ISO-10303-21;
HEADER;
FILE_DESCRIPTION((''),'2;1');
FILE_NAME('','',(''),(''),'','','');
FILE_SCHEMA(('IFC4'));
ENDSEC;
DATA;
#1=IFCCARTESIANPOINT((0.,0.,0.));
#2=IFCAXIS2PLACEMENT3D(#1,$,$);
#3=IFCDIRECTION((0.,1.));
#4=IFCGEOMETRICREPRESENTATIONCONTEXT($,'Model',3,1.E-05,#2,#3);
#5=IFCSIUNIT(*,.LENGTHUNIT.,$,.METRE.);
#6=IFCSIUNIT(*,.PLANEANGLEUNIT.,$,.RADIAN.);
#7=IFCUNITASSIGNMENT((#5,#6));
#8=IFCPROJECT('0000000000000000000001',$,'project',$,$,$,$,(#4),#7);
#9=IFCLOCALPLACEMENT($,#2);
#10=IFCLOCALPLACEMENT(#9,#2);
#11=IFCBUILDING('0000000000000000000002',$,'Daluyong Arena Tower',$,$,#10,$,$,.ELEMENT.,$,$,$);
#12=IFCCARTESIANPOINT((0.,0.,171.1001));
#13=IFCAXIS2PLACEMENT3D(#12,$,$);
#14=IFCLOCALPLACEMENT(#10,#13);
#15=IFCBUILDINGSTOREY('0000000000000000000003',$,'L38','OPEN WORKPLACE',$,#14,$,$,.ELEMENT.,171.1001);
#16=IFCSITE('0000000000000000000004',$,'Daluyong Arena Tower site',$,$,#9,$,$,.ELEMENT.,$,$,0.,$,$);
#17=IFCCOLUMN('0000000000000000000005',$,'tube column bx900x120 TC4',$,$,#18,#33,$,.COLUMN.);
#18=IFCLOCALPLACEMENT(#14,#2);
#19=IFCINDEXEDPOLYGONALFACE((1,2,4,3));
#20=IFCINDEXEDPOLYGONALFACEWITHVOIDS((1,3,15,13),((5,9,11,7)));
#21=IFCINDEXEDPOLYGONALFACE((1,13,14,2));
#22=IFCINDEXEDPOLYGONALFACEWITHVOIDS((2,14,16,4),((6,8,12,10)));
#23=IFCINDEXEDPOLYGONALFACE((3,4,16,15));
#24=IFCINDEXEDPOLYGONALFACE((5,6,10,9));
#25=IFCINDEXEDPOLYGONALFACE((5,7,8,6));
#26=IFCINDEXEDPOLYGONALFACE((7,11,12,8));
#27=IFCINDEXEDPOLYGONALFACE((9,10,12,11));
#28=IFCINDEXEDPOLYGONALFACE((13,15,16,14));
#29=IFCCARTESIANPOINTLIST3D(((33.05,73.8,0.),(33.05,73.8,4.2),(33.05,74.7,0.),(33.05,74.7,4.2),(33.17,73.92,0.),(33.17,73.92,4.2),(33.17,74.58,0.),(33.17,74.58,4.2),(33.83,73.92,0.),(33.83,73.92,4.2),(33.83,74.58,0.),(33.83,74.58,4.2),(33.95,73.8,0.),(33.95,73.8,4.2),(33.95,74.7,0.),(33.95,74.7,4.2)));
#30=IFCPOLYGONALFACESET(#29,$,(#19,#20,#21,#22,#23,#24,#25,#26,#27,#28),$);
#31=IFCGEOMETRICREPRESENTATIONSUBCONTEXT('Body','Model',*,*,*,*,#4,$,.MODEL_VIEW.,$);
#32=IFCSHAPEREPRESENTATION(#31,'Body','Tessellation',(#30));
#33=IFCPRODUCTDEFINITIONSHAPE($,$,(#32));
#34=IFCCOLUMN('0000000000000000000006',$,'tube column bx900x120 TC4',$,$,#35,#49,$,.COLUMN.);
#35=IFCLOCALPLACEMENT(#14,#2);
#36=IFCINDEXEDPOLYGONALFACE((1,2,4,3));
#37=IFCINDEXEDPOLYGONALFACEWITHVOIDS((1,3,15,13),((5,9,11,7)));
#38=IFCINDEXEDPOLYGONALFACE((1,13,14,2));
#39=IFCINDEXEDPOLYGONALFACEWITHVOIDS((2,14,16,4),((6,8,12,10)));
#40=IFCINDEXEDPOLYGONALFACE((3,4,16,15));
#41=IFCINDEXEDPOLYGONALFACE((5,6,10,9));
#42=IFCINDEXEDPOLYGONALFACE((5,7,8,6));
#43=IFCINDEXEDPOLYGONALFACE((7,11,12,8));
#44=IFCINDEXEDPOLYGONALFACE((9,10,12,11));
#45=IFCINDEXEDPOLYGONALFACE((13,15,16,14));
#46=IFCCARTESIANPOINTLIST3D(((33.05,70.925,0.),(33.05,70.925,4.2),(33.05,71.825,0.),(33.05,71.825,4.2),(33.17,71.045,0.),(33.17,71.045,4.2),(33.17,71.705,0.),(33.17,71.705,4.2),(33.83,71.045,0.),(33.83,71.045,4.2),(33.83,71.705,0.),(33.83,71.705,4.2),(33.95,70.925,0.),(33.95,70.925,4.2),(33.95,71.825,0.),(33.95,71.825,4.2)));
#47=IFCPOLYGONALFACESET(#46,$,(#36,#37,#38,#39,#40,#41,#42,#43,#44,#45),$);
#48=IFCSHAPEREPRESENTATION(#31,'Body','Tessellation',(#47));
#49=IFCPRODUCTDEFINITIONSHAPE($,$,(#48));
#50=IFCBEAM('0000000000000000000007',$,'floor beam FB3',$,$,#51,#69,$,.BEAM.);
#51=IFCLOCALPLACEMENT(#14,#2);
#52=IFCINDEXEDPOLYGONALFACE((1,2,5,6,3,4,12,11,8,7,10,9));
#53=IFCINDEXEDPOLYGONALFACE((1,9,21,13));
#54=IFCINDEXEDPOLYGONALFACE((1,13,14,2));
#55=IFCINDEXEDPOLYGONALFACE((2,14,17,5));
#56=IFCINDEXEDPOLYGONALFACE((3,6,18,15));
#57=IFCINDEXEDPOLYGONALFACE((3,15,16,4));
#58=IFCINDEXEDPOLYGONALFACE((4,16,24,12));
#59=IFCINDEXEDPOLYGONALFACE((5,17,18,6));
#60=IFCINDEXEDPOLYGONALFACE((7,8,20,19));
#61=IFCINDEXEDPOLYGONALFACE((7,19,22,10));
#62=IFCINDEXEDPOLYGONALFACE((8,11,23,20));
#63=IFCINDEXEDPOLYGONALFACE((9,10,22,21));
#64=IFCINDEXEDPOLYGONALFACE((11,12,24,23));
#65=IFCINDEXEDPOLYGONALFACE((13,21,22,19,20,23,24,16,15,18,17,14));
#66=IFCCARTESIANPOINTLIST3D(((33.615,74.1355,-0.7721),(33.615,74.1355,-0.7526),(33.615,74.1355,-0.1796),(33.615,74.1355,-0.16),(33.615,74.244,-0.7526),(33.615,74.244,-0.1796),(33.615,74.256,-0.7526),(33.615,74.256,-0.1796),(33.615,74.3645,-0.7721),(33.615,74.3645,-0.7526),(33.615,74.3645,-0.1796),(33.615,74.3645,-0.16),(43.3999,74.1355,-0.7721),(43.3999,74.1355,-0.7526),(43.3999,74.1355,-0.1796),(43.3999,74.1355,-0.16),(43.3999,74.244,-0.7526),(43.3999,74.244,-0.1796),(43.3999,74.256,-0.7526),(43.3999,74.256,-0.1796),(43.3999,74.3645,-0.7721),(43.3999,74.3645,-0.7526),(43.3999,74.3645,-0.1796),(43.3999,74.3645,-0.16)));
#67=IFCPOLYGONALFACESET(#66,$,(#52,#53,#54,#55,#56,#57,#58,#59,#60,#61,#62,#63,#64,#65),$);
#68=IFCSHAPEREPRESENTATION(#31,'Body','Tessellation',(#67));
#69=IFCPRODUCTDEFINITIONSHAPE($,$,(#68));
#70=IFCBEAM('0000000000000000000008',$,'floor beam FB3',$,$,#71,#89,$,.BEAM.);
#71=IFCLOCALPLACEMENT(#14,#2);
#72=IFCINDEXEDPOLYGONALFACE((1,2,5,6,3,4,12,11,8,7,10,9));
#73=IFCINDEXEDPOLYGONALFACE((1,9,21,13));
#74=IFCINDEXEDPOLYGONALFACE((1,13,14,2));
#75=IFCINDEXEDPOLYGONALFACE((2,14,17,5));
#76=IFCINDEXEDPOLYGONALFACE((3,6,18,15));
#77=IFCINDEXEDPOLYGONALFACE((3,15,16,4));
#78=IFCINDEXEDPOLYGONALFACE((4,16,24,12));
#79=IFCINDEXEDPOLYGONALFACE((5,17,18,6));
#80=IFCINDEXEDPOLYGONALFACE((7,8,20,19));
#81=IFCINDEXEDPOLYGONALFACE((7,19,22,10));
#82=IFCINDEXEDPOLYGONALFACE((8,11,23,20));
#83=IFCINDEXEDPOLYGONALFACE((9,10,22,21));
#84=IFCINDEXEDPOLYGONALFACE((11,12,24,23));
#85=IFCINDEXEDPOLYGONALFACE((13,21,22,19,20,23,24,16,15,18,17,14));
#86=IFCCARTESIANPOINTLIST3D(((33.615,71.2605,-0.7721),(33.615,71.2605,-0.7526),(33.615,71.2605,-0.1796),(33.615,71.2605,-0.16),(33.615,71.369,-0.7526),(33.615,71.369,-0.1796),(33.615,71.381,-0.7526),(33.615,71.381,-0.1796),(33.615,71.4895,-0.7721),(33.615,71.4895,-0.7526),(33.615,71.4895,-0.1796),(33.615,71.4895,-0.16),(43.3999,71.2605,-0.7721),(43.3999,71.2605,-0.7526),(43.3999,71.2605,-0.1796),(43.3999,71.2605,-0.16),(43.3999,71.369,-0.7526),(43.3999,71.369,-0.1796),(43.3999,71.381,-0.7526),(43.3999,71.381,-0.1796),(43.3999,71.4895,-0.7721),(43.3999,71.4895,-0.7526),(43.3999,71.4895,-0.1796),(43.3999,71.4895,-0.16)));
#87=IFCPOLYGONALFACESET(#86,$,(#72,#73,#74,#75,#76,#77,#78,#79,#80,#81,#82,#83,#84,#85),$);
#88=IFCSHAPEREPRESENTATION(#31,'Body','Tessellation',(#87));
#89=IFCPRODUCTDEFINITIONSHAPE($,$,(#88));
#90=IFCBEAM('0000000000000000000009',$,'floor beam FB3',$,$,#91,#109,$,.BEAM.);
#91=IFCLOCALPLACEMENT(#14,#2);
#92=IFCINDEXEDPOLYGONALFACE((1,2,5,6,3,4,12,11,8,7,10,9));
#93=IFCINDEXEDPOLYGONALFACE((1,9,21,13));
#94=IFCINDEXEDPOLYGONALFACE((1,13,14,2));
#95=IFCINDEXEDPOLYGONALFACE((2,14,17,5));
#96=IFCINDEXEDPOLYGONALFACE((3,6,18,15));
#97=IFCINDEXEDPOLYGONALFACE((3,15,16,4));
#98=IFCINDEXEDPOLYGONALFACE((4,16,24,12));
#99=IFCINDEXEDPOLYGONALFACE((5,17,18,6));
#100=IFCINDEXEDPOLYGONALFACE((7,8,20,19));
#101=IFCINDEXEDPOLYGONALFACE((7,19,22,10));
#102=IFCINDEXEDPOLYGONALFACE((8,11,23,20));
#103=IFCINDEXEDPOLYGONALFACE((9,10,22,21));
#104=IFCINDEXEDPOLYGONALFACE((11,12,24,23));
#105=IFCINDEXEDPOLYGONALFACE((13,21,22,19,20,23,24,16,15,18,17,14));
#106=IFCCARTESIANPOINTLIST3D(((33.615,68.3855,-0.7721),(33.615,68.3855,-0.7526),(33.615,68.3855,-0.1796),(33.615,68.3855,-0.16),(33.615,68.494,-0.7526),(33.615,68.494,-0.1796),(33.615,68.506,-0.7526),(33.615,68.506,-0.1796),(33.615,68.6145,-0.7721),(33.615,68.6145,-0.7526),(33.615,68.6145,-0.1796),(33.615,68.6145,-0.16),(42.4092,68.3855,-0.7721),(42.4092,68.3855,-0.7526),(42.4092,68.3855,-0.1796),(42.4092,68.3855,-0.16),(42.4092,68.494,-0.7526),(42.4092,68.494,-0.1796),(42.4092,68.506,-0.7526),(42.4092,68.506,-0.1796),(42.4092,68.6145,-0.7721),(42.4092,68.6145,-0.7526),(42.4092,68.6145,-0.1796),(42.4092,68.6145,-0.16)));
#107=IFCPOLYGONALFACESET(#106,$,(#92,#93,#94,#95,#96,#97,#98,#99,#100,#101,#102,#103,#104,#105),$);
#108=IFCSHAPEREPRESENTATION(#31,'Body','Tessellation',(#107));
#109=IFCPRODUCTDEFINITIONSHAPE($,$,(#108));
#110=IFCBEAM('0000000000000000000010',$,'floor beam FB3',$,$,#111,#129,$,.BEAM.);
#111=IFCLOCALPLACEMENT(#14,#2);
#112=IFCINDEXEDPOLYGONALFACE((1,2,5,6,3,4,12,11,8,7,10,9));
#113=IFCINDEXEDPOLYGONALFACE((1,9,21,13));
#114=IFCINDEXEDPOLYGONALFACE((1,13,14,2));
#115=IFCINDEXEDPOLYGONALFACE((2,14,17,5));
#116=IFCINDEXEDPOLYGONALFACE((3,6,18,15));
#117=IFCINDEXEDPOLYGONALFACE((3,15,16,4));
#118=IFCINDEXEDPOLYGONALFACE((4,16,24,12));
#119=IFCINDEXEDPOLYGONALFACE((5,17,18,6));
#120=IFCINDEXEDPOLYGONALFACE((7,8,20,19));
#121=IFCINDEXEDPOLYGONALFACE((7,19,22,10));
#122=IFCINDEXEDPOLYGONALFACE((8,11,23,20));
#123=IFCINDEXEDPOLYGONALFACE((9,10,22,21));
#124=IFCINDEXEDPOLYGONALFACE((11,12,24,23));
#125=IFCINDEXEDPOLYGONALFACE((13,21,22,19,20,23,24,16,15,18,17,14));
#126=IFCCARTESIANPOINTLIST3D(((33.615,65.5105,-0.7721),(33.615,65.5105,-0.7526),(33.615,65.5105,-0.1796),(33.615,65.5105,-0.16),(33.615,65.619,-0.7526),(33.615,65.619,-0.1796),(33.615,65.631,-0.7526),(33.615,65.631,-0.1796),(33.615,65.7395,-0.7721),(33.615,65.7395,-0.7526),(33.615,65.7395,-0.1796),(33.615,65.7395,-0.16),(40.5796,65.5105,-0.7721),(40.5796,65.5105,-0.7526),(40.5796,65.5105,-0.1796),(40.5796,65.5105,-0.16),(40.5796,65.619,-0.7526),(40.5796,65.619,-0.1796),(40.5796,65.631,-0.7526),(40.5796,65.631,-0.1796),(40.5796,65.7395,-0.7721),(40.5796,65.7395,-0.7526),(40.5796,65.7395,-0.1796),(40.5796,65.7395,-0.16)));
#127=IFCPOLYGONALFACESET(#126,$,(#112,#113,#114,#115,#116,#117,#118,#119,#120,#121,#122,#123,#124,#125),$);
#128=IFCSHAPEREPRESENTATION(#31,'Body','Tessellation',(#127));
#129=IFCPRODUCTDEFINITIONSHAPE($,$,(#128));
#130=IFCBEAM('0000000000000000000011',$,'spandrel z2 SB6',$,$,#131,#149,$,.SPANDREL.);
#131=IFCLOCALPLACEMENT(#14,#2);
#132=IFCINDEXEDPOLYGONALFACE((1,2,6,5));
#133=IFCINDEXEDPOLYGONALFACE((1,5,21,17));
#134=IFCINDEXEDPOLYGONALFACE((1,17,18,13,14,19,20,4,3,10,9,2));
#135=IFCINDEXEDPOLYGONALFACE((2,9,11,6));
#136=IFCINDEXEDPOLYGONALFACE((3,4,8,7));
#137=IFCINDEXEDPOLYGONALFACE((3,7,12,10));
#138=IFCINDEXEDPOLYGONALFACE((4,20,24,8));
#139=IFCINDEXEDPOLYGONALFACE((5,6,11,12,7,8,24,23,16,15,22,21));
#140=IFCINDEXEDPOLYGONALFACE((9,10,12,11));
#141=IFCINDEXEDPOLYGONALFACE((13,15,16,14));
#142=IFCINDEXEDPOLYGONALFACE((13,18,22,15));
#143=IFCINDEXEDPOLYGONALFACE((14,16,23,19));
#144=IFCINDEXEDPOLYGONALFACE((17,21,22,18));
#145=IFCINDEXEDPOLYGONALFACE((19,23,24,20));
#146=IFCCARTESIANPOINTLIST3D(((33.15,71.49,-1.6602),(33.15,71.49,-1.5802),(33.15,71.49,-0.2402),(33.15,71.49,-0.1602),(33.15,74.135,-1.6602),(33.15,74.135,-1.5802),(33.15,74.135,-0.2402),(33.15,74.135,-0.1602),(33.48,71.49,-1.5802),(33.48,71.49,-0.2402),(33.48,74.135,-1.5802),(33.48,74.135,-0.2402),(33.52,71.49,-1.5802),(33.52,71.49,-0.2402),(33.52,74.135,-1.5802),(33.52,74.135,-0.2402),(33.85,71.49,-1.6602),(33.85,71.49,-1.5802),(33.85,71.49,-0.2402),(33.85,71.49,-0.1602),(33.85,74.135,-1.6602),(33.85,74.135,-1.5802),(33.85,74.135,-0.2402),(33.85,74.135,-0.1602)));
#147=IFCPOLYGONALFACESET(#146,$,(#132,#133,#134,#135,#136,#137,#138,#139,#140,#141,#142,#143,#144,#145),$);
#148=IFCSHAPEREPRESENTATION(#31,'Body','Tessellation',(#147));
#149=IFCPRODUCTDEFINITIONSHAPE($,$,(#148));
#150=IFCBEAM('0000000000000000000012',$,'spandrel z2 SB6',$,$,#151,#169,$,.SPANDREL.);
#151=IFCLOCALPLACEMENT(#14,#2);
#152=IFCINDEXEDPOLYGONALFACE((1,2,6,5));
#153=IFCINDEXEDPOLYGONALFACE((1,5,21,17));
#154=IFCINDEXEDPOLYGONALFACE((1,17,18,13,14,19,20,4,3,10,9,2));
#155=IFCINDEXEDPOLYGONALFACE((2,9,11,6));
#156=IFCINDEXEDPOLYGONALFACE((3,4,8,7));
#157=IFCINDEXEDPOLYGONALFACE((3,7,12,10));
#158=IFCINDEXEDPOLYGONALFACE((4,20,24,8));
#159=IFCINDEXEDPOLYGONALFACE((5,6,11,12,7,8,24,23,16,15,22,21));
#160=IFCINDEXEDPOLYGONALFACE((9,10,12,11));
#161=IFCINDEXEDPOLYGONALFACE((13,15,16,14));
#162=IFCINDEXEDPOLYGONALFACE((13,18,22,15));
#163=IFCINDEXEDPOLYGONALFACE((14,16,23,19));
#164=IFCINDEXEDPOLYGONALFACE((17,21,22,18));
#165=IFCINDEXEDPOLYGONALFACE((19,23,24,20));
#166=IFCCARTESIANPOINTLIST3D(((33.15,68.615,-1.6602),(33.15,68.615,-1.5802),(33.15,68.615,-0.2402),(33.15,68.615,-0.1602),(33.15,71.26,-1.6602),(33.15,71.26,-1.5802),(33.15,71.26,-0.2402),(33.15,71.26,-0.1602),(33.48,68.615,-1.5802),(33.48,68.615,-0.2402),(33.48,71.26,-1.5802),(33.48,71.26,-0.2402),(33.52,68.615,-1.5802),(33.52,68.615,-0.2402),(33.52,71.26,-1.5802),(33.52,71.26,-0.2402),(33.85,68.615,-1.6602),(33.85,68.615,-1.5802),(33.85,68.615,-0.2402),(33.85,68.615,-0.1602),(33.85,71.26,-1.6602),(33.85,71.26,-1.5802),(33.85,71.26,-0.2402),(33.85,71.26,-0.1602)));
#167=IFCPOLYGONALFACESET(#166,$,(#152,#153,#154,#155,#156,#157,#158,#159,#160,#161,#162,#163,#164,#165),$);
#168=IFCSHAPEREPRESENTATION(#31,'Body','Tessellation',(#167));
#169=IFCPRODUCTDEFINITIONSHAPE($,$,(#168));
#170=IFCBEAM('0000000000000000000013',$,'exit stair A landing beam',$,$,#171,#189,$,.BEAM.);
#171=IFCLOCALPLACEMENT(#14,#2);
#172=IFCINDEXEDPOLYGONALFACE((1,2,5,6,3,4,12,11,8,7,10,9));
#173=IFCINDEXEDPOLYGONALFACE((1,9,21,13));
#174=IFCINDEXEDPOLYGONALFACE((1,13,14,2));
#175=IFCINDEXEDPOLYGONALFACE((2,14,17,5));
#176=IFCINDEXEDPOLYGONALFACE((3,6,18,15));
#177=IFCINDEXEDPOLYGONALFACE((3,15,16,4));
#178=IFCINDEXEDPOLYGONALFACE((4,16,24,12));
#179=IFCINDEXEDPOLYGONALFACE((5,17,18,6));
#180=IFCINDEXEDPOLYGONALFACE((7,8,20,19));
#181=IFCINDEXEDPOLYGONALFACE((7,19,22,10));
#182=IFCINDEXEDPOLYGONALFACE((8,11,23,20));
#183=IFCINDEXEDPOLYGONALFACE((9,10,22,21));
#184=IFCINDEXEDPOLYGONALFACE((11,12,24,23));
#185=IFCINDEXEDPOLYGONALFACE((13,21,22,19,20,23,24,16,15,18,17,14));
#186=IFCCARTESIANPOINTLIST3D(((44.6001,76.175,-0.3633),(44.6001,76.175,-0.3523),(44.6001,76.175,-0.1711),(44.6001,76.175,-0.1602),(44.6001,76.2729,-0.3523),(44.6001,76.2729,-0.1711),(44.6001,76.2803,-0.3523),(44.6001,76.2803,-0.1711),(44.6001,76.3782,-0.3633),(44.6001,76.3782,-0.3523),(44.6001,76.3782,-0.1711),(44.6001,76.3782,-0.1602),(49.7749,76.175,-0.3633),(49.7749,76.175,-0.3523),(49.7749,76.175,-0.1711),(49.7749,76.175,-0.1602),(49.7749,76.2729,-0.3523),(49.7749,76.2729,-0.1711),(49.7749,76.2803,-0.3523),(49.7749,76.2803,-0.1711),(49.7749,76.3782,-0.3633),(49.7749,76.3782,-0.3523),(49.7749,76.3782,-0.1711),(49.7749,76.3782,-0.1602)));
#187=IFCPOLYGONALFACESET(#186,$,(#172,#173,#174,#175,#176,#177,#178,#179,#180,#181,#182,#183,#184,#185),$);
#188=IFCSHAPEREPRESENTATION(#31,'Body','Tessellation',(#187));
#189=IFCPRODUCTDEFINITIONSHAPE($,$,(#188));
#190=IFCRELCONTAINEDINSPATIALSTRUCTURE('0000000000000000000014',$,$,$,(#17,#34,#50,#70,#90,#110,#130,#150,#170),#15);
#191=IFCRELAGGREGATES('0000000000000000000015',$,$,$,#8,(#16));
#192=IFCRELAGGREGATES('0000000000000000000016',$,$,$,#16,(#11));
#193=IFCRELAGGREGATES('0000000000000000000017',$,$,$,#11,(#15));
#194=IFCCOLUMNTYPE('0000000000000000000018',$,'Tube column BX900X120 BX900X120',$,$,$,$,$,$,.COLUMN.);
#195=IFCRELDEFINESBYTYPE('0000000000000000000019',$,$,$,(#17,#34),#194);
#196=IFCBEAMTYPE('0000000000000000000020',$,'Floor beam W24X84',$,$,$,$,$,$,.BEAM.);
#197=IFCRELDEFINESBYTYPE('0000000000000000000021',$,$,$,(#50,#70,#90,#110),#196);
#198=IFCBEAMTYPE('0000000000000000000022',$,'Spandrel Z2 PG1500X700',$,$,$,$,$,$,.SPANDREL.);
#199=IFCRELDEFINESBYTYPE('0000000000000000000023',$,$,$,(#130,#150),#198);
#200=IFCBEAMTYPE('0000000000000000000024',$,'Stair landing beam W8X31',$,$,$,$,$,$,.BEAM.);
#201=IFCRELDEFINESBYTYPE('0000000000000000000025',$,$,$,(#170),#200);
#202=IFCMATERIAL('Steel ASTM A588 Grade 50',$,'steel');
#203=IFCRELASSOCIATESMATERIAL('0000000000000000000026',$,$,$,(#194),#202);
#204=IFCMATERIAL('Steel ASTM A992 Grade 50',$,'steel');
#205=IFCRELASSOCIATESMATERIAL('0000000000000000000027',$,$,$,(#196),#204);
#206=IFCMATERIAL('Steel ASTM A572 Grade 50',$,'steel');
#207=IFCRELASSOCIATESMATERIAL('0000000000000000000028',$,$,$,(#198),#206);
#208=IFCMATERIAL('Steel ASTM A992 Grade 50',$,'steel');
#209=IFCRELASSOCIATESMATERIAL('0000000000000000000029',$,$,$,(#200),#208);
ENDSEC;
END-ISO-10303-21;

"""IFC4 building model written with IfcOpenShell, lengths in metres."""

from ifc_helpers import new_model, si_unit, direction, frame, origin, origin_2d, place, context, subcontext, project, spatial, hollow_rectangle, i_section, extrude, material, material_profile, profile_set, type_object, element, save


model = new_model("IFC4")

# Units and contexts
model_context = context("Model", 3, precision=1e-05, world=origin(), true_north=direction((0.0, 1.0)))
body_context = subcontext(model_context, "Body", "Model", "MODEL_VIEW")
ifc_project = project(units=[si_unit("LENGTHUNIT", "METRE"), si_unit("PLANEANGLEUNIT", "RADIAN")], contexts=[model_context])

# Site, building, storey
site_placement = place(None, origin())
site = spatial("IfcSite", under=ifc_project, at=site_placement, Name="Daluyong Arena Tower site", CompositionType="ELEMENT", RefElevation=0.0)
building_placement = place(site_placement, origin())
building = spatial("IfcBuilding", under=site, at=building_placement, Name="Daluyong Arena Tower", CompositionType="ELEMENT")
storey_placement = place(building_placement, frame((0.0, 0.0, 171.1001)))
storey = spatial("IfcBuildingStorey", under=building, at=storey_placement, Name="L38", Description="OPEN WORKPLACE", CompositionType="ELEMENT", Elevation=171.1001)

# Columns
ifc_material_1 = material(Name="Steel ASTM A588 Grade 50", Category="steel")
ifc_material_profile_1 = material_profile(ifc_material_1, hollow_rectangle(XDim=0.8999, YDim=0.8999, WallThickness=0.12, at=origin_2d()))
ifc_profile_set_1 = profile_set([ifc_material_profile_1], Name="Steel ASTM A588 Grade 50")
column_type = type_object("IfcColumnType", Name="Tube column BX900X120 BX900X120", PredefinedType="COLUMN", material=ifc_profile_set_1)
for number, where, z_axis, x_axis, name in (
    (1, (33.5, 74.25, 0.0), (0.0, 0.0, 1.0), (0.0, 1.0, 0.0), "tube column bx900x120 TC4"),
    (2, (33.5, 71.375, 0.0), (0.0, 0.0, 1.0), (0.0, 1.0, 0.0), "tube column bx900x120 TC4"),
):
    element("IfcColumn", number, at=place(storey_placement, frame(where, z_axis=z_axis, x_axis=x_axis)), inside=storey, type_object=column_type, Name=name, PredefinedType="COLUMN", context=body_context, shape_type="SweptSolid", body=[
        extrude(hollow_rectangle(XDim=0.8999, YDim=0.8999, WallThickness=0.12, at=origin_2d()), origin(), (0.0, 0.0, 1.0), 4.2),
    ])

# Beams
ifc_material_2 = material(Name="Steel ASTM A992 Grade 50", Category="steel")
ifc_material_profile_2 = material_profile(ifc_material_2, i_section(OverallWidth=0.229, OverallDepth=0.6121, WebThickness=0.012, FlangeThickness=0.0195, at=origin_2d()))
ifc_profile_set_2 = profile_set([ifc_material_profile_2], Name="Steel ASTM A992 Grade 50")
beam_type_1 = type_object("IfcBeamType", Name="Floor beam W24X84", PredefinedType="BEAM", material=ifc_profile_set_2)
for number, where, z_axis, x_axis, name in (
    (3, (33.615, 74.25, -0.4661), (1.0, 0.0, 0.0), (0.0, 1.0, 0.0), "floor beam FB3"),
    (4, (33.615, 71.375, -0.4661), (1.0, 0.0, 0.0), (0.0, 1.0, 0.0), "floor beam FB3"),
):
    element("IfcBeam", number, at=place(storey_placement, frame(where, z_axis=z_axis, x_axis=x_axis)), inside=storey, type_object=beam_type_1, Name=name, PredefinedType="BEAM", context=body_context, shape_type="SweptSolid", body=[
        extrude(i_section(OverallWidth=0.229, OverallDepth=0.6121, WebThickness=0.012, FlangeThickness=0.0195, at=origin_2d()), origin(), (0.0, 0.0, 1.0), 9.7849),
    ])
beam_1_placement = place(storey_placement, frame((33.615, 68.5, -0.4661), z_axis=(1.0, 0.0, 0.0), x_axis=(0.0, 1.0, 0.0)))
element("IfcBeam", 5, at=beam_1_placement, inside=storey, type_object=beam_type_1, Name="floor beam FB3", PredefinedType="BEAM", context=body_context, shape_type="SweptSolid", body=[
    extrude(i_section(OverallWidth=0.229, OverallDepth=0.6121, WebThickness=0.012, FlangeThickness=0.0195, at=origin_2d()), origin(), (0.0, 0.0, 1.0), 8.7942),
])
beam_2_placement = place(storey_placement, frame((33.615, 65.625, -0.4661), z_axis=(1.0, 0.0, 0.0), x_axis=(0.0, 1.0, 0.0)))
element("IfcBeam", 6, at=beam_2_placement, inside=storey, type_object=beam_type_1, Name="floor beam FB3", PredefinedType="BEAM", context=body_context, shape_type="SweptSolid", body=[
    extrude(i_section(OverallWidth=0.229, OverallDepth=0.6121, WebThickness=0.012, FlangeThickness=0.0195, at=origin_2d()), origin(), (0.0, 0.0, 1.0), 6.9646),
])
ifc_material_3 = material(Name="Steel ASTM A572 Grade 50", Category="steel")
ifc_material_profile_3 = material_profile(ifc_material_3, i_section(OverallWidth=0.7, OverallDepth=1.5, WebThickness=0.04, FlangeThickness=0.08, at=origin_2d()))
ifc_profile_set_3 = profile_set([ifc_material_profile_3], Name="Steel ASTM A572 Grade 50")
beam_type_2 = type_object("IfcBeamType", Name="Spandrel Z2 PG1500X700", PredefinedType="SPANDREL", material=ifc_profile_set_3)
for number, where, z_axis, x_axis, name in (
    (7, (33.5, 74.135, -0.9102), (0.0, -1.0, 0.0), (1.0, 0.0, 0.0), "spandrel z2 SB6"),
    (8, (33.5, 71.26, -0.9102), (0.0, -1.0, 0.0), (1.0, 0.0, 0.0), "spandrel z2 SB6"),
):
    element("IfcBeam", number, at=place(storey_placement, frame(where, z_axis=z_axis, x_axis=x_axis)), inside=storey, type_object=beam_type_2, Name=name, PredefinedType="SPANDREL", context=body_context, shape_type="SweptSolid", body=[
        extrude(i_section(OverallWidth=0.7, OverallDepth=1.5, WebThickness=0.04, FlangeThickness=0.08, at=origin_2d()), origin(), (0.0, 0.0, 1.0), 2.645),
    ])
ifc_material_4 = material(Name="Steel ASTM A992 Grade 50", Category="steel")
ifc_material_profile_4 = material_profile(ifc_material_4, i_section(OverallWidth=0.2031, OverallDepth=0.2031, WebThickness=0.0073, FlangeThickness=0.011, at=origin_2d()))
ifc_profile_set_4 = profile_set([ifc_material_profile_4], Name="Steel ASTM A992 Grade 50")
beam_type_3 = type_object("IfcBeamType", Name="Stair landing beam W8X31", PredefinedType="BEAM", material=ifc_profile_set_4)
beam_3_placement = place(storey_placement, frame((44.6001, 76.2766, -0.2617), z_axis=(1.0, 0.0, 0.0), x_axis=(0.0, 1.0, 0.0)))
element("IfcBeam", 9, at=beam_3_placement, inside=storey, type_object=beam_type_3, Name="exit stair A landing beam", PredefinedType="BEAM", context=body_context, shape_type="SweptSolid", body=[
    extrude(i_section(OverallWidth=0.2031, OverallDepth=0.2031, WebThickness=0.0073, FlangeThickness=0.011, at=origin_2d()), origin(), (0.0, 0.0, 1.0), 5.1748),
])

save(model, "model.ifc")
